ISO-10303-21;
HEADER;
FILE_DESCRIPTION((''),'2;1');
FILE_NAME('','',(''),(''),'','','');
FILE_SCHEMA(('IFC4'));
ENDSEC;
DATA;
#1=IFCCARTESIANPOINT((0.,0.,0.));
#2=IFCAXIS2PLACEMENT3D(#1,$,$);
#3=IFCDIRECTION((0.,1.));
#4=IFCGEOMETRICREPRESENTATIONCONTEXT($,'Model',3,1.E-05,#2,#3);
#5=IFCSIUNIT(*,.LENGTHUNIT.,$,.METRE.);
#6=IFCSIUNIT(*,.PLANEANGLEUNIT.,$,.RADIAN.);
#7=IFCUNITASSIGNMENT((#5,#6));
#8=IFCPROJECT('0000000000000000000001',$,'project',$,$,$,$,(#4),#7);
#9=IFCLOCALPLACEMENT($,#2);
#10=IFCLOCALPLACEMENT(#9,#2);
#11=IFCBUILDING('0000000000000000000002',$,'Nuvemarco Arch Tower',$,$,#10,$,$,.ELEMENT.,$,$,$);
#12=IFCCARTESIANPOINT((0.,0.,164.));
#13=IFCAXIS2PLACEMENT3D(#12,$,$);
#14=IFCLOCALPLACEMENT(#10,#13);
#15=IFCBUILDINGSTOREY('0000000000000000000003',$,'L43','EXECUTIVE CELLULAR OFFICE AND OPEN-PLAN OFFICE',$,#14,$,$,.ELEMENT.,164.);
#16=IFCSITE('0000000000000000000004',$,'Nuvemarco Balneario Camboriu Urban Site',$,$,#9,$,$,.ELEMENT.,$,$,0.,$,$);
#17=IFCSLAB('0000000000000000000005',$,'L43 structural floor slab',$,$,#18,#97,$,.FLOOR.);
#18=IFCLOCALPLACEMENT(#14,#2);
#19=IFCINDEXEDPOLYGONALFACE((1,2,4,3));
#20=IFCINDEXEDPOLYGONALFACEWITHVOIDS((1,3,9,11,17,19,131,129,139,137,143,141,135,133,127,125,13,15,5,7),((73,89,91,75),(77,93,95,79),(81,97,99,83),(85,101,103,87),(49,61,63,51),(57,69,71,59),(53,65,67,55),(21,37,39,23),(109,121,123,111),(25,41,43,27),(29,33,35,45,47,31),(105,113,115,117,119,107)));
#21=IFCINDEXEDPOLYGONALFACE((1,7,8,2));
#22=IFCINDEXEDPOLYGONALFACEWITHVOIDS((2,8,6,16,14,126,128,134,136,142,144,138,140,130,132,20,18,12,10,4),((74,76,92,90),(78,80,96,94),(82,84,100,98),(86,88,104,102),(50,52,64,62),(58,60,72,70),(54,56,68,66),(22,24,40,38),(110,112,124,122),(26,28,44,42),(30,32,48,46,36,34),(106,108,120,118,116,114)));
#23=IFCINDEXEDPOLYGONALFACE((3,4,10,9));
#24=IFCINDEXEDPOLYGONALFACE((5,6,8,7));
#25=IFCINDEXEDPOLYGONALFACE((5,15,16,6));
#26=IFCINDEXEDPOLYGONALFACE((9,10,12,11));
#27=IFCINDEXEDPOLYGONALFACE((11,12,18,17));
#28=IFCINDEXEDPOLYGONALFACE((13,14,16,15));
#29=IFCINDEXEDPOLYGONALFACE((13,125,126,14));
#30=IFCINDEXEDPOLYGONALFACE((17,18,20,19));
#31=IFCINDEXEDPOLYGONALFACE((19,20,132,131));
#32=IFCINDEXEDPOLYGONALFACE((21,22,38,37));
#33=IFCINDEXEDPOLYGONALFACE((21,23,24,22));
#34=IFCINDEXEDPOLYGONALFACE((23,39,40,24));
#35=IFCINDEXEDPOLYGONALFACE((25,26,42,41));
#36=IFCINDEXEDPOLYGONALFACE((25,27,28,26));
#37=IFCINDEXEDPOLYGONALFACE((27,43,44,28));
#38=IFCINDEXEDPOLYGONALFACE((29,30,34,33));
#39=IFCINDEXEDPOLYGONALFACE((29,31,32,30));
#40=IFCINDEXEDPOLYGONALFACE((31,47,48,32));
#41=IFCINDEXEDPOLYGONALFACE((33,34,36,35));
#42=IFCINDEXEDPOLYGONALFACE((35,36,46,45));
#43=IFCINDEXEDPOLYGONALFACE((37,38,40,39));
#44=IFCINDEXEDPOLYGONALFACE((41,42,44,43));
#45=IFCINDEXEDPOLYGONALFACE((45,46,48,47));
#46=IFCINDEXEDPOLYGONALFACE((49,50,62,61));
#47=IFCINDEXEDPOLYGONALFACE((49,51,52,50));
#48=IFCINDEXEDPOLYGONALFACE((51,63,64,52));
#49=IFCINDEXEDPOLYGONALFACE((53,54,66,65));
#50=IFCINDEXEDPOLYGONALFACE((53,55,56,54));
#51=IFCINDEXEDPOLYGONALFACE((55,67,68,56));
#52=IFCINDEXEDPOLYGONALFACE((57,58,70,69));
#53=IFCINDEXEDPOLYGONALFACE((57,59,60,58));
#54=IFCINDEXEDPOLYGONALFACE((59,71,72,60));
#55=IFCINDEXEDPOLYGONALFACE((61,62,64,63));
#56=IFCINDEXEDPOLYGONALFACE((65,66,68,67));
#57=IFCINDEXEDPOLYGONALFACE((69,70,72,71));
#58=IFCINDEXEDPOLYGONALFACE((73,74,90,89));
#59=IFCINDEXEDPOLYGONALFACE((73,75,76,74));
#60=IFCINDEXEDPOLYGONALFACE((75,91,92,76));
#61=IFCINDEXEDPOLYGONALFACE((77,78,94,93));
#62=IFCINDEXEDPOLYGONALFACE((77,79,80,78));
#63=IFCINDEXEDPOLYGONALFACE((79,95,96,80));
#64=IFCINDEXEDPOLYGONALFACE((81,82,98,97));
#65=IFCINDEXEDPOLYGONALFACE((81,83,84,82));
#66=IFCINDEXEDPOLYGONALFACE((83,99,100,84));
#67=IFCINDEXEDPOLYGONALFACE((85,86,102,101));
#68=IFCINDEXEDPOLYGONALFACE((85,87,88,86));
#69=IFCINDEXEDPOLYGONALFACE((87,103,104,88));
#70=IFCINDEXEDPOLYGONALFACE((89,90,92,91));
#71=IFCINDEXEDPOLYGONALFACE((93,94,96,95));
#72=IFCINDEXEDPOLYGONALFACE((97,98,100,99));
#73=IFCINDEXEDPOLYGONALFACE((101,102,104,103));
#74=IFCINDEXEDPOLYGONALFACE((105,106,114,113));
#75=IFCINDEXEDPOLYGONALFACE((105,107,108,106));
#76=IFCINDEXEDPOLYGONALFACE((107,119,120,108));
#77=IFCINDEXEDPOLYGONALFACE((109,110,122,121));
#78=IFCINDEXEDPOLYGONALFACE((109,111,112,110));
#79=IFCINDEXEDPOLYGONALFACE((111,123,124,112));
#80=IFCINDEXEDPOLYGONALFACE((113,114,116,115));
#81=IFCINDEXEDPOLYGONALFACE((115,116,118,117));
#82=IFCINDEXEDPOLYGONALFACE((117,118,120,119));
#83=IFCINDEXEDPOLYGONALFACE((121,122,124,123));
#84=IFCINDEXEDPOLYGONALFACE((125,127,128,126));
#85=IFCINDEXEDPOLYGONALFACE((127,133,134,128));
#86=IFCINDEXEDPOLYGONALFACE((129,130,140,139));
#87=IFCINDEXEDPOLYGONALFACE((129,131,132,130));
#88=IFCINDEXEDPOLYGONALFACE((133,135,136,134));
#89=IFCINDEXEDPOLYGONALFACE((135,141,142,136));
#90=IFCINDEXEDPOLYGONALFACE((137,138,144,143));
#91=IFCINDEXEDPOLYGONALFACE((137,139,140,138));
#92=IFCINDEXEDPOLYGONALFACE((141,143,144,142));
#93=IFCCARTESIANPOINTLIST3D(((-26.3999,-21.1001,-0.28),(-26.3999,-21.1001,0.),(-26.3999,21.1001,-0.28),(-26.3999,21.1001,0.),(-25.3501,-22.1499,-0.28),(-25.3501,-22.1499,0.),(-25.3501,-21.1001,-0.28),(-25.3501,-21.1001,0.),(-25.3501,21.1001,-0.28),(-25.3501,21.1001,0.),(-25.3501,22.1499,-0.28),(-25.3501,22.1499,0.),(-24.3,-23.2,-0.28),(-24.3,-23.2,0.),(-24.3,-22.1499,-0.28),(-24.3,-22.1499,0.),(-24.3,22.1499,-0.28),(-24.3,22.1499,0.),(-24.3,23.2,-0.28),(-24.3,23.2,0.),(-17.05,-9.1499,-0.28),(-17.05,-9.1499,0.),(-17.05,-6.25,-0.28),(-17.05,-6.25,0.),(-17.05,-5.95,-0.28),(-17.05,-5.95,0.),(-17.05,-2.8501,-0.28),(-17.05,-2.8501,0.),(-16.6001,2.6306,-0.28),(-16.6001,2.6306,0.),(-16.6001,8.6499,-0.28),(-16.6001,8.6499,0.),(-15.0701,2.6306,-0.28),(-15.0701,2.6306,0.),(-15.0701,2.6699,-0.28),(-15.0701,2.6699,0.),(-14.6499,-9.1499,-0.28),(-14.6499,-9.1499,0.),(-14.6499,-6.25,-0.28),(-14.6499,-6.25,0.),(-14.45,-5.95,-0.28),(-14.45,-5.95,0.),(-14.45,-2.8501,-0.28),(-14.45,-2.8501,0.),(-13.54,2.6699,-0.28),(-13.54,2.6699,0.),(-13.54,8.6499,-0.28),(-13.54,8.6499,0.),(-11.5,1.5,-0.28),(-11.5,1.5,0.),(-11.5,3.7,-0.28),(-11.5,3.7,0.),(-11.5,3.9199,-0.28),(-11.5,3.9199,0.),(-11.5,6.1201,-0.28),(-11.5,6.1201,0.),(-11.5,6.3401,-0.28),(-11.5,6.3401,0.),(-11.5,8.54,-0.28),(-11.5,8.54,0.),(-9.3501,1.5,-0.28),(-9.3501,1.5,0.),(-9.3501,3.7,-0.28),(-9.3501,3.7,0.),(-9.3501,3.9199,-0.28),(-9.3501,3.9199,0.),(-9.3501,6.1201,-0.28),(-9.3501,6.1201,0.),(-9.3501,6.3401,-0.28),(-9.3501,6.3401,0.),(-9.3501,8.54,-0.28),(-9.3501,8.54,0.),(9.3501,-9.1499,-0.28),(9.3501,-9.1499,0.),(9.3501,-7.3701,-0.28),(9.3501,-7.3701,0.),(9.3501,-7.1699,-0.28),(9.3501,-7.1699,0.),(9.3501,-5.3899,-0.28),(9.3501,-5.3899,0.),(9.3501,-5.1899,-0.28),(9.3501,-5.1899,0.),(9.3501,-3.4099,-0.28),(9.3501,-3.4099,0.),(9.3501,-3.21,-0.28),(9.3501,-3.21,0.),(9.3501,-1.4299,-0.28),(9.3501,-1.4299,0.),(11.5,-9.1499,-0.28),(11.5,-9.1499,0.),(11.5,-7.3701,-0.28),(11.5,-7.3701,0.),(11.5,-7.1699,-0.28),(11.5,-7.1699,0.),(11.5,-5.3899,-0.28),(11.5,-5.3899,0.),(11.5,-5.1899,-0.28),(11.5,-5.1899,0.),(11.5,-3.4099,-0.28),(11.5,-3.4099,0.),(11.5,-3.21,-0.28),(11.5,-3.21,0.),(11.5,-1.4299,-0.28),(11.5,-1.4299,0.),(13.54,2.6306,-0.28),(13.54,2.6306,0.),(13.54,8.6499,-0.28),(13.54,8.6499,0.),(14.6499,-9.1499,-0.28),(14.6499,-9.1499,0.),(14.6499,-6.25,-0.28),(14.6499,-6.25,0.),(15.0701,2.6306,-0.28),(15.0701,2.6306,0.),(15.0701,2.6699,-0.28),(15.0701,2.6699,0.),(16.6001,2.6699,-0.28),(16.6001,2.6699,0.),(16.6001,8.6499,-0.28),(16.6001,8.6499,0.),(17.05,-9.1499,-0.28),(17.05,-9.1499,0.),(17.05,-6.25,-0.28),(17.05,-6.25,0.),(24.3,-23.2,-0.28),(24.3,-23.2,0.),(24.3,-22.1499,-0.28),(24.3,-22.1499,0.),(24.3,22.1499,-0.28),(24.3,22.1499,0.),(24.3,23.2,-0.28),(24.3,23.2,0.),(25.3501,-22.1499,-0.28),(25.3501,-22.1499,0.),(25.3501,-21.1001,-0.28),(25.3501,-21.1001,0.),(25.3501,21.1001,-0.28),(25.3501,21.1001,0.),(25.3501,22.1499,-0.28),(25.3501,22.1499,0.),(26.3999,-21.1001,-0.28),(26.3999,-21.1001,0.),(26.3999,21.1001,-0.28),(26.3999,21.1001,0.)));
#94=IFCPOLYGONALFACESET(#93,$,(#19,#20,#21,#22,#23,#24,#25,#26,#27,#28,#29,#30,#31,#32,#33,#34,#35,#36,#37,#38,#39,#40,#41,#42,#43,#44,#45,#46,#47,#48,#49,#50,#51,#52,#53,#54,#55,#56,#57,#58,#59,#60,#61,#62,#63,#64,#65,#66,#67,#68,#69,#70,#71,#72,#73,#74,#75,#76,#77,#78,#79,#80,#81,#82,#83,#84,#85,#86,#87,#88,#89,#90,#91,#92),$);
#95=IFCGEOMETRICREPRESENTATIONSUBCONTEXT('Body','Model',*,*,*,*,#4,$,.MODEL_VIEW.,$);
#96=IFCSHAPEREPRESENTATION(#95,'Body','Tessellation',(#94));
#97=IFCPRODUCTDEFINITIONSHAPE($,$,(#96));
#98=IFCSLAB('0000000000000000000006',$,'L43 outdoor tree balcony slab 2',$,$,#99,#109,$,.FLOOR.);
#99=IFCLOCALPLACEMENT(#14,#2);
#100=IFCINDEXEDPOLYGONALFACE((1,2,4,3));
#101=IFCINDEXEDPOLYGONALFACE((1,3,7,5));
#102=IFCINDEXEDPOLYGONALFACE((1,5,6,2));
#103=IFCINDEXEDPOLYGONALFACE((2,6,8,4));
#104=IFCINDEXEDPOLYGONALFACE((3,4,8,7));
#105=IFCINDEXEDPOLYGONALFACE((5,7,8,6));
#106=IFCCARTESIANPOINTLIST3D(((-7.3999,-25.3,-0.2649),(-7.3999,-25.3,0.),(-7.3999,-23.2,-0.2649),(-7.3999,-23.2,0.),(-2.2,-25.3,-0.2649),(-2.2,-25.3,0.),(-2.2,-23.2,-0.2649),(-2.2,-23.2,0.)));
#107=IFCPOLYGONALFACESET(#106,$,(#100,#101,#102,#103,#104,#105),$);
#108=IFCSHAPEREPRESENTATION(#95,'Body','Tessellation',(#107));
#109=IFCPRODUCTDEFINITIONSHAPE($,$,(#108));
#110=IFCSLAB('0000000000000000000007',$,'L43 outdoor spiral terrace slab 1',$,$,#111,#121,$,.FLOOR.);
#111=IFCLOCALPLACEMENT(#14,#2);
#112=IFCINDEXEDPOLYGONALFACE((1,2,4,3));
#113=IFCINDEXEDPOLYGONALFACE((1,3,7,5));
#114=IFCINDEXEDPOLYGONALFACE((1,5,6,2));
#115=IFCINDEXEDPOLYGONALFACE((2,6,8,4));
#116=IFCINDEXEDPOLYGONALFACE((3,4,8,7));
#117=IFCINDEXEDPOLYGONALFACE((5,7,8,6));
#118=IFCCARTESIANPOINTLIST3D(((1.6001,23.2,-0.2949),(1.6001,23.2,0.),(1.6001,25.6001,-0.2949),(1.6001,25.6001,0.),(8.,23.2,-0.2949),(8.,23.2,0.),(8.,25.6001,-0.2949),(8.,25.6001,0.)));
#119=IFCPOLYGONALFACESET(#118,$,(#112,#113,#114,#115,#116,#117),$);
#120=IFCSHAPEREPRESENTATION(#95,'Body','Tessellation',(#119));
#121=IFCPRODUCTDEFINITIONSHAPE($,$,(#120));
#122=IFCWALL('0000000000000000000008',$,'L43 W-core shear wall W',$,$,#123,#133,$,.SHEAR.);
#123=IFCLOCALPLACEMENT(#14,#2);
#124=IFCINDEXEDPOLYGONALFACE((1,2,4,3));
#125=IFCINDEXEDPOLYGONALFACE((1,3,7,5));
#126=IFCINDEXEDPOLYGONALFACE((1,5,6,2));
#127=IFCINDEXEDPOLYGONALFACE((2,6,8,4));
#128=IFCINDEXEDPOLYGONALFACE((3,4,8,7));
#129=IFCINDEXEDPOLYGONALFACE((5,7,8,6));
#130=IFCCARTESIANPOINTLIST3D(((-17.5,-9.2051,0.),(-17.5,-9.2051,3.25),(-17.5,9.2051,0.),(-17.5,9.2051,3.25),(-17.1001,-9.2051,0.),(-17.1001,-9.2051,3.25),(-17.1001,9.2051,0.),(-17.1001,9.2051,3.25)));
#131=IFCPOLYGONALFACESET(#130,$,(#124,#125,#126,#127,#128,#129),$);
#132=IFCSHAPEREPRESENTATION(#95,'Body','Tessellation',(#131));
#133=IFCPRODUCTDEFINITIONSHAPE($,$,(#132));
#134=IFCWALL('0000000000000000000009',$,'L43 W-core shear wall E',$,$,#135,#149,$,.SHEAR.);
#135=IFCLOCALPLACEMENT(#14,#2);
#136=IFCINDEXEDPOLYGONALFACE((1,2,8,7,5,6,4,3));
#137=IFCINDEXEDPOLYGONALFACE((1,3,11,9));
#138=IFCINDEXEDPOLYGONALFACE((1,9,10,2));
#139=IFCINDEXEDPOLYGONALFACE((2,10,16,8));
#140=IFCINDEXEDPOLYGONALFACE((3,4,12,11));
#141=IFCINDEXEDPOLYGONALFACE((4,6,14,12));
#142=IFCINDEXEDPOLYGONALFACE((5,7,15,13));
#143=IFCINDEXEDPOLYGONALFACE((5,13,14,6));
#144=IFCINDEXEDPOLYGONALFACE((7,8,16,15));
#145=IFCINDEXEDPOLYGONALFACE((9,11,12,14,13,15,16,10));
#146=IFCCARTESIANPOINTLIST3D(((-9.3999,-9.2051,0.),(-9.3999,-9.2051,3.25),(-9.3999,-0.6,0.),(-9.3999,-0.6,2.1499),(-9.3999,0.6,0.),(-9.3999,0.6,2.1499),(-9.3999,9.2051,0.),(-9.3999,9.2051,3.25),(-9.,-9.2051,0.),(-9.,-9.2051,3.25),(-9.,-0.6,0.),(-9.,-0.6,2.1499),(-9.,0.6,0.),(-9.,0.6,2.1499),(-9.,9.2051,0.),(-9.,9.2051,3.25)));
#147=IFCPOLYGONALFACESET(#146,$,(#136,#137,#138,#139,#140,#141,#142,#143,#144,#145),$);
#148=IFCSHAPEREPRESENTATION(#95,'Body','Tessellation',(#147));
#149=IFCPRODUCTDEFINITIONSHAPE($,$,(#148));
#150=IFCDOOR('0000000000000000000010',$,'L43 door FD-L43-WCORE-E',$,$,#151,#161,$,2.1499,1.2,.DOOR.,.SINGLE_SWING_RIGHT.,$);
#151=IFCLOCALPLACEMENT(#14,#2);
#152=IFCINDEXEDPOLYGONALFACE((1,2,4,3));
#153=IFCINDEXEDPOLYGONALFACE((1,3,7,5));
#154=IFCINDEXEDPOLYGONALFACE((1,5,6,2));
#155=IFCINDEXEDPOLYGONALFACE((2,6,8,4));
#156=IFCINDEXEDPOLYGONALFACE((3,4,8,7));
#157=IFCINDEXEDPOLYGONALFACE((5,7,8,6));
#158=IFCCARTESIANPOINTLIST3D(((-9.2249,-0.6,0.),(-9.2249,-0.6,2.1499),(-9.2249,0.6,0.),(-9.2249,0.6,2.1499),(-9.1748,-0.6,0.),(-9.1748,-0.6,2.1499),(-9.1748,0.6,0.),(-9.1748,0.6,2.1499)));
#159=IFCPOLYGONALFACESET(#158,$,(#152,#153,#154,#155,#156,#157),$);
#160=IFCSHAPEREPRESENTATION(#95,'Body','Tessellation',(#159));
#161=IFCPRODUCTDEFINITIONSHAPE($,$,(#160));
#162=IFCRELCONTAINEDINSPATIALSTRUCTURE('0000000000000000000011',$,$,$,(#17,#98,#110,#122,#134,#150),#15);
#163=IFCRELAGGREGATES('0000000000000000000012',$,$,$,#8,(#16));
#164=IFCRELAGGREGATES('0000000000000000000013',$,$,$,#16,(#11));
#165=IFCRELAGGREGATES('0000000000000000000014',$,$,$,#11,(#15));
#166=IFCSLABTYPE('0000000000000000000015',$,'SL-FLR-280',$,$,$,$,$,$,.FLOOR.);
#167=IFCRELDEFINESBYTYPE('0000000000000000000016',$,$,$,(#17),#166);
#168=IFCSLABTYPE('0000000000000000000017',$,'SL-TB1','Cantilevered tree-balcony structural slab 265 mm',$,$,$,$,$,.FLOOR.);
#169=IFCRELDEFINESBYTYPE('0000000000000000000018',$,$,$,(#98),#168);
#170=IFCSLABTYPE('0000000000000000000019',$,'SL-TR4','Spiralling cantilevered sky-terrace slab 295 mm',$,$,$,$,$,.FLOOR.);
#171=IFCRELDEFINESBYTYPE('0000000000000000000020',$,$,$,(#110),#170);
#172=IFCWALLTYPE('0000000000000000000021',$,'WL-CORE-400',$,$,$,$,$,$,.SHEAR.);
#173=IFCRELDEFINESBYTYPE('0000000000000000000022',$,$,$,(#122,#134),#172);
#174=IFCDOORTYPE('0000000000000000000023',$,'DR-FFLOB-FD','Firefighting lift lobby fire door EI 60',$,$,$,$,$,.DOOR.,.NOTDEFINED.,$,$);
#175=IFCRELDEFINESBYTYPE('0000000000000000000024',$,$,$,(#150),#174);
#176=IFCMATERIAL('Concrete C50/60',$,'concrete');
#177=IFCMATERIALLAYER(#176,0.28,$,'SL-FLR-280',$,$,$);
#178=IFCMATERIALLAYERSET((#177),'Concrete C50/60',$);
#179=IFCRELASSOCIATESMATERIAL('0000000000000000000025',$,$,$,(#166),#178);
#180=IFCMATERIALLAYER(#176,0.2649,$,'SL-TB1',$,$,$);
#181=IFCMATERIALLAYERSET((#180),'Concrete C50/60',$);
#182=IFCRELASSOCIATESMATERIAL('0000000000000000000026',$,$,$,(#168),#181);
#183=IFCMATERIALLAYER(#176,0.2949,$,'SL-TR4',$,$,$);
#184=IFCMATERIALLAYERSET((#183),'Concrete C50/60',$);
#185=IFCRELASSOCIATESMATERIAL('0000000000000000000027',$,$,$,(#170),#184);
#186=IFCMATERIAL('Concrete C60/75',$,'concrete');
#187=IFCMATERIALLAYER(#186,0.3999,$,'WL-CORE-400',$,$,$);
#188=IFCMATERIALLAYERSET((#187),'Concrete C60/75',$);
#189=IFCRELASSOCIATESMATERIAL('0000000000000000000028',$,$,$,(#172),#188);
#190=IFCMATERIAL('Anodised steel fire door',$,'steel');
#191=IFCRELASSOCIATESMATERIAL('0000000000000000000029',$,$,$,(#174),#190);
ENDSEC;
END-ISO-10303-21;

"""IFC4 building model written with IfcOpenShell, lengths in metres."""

from ifc_helpers import new_model, si_unit, direction, frame, frame_2d, origin, place, context, subcontext, project, spatial, polyline, rectangle, outline, extrude, source, transform, mapped, material, layer, layer_set, type_object, type_shapes, element, fill, save


model = new_model("IFC4")

# Units and contexts
model_context = context("Model", 3, precision=1e-05, world=origin(), true_north=direction((0.0, 1.0)))
body_context = subcontext(model_context, "Body", "Model", "MODEL_VIEW")
ifc_project = project(units=[si_unit("LENGTHUNIT", "METRE"), si_unit("PLANEANGLEUNIT", "RADIAN")], contexts=[model_context])

# Site, building, storey
site_placement = place(None, origin())
site = spatial("IfcSite", under=ifc_project, at=site_placement, Name="Nuvemarco Balneario Camboriu Urban Site", CompositionType="ELEMENT", RefElevation=0.0)
building_placement = place(site_placement, origin())
building = spatial("IfcBuilding", under=site, at=building_placement, Name="Nuvemarco Arch Tower", CompositionType="ELEMENT")
storey_placement = place(building_placement, frame((0.0, 0.0, 164.0)))
storey = spatial("IfcBuildingStorey", under=building, at=storey_placement, Name="L43", Description="EXECUTIVE CELLULAR OFFICE AND OPEN-PLAN OFFICE", CompositionType="ELEMENT", Elevation=164.0)

# Shared definitions
ifc_material_1 = material(Name="Concrete C50/60", Category="concrete")

# Slabs
ifc_layer_1 = layer(ifc_material_1, 0.28, Name="SL-FLR-280")
ifc_layer_set_1 = layer_set([ifc_layer_1], Name="Concrete C50/60")
slab_type_1 = type_object("IfcSlabType", Name="SL-FLR-280", PredefinedType="FLOOR", material=ifc_layer_set_1)
slab_1_placement = place(storey_placement, frame((0.0, 0.0, -0.28)))
element("IfcSlab", 1, at=slab_1_placement, inside=storey, type_object=slab_type_1, Name="L43 structural floor slab", PredefinedType="FLOOR", context=body_context, shape_type="SweptSolid", body=[
    extrude(outline(polyline([(-24.3, -23.2), (24.3, -23.2), (24.3, -22.1499), (25.3501, -22.1499), (25.3501, -21.1001), (26.3999, -21.1001), (26.3999, 21.1001), (25.3501, 21.1001), (25.3501, 22.1499), (24.3, 22.1499), (24.3, 23.2), (-24.3, 23.2), (-24.3, 22.1499), (-25.3501, 22.1499), (-25.3501, 21.1001), (-26.3999, 21.1001), (-26.3999, -21.1001), (-25.3501, -21.1001), (-25.3501, -22.1499), (-24.3, -22.1499), (-24.3, -23.2)]), holes=[polyline([(-13.54, 2.6699), (-13.54, 8.6499), (-16.6001, 8.6499), (-16.6001, 2.6306), (-15.0701, 2.6306), (-15.0701, 2.6699), (-13.54, 2.6699)]), polyline([(16.6001, 2.6699), (16.6001, 8.6499), (13.54, 8.6499), (13.54, 2.6306), (15.0701, 2.6306), (15.0701, 2.6699), (16.6001, 2.6699)]), polyline([(-17.05, -9.1499), (-14.6499, -9.1499), (-14.6499, -6.25), (-17.05, -6.25), (-17.05, -9.1499)]), polyline([(-17.05, -5.95), (-14.45, -5.95), (-14.45, -2.8501), (-17.05, -2.8501), (-17.05, -5.95)]), polyline([(-11.5, 1.5), (-9.3501, 1.5), (-9.3501, 3.7), (-11.5, 3.7), (-11.5, 1.5)]), polyline([(-11.5, 3.9199), (-9.3501, 3.9199), (-9.3501, 6.1201), (-11.5, 6.1201), (-11.5, 3.9199)]), polyline([(-11.5, 6.3401), (-9.3501, 6.3401), (-9.3501, 8.54), (-11.5, 8.54), (-11.5, 6.3401)]), polyline([(14.6499, -9.1499), (17.05, -9.1499), (17.05, -6.25), (14.6499, -6.25), (14.6499, -9.1499)]), polyline([(9.3501, -9.1499), (11.5, -9.1499), (11.5, -7.3701), (9.3501, -7.3701), (9.3501, -9.1499)]), polyline([(9.3501, -7.1699), (11.5, -7.1699), (11.5, -5.3899), (9.3501, -5.3899), (9.3501, -7.1699)]), polyline([(9.3501, -5.1899), (11.5, -5.1899), (11.5, -3.4099), (9.3501, -3.4099), (9.3501, -5.1899)]), polyline([(9.3501, -3.21), (11.5, -3.21), (11.5, -1.4299), (9.3501, -1.4299), (9.3501, -3.21)])]), origin(), (0.0, 0.0, 1.0), 0.28),
])
ifc_layer_2 = layer(ifc_material_1, 0.2649, Name="SL-TB1")
ifc_layer_set_2 = layer_set([ifc_layer_2], Name="Concrete C50/60")
slab_type_2 = type_object("IfcSlabType", Name="SL-TB1", Description="Cantilevered tree-balcony structural slab 265 mm", PredefinedType="FLOOR", material=ifc_layer_set_2)
slab_2_placement = place(storey_placement, frame((0.0, 0.0, -0.2649)))
element("IfcSlab", 2, at=slab_2_placement, inside=storey, type_object=slab_type_2, Name="L43 outdoor tree balcony slab 2", PredefinedType="FLOOR", context=body_context, shape_type="SweptSolid", body=[
    extrude(outline(polyline([(-7.3999, -25.3), (-2.2, -25.3), (-2.2, -23.2), (-7.3999, -23.2), (-7.3999, -25.3)])), origin(), (0.0, 0.0, 1.0), 0.2649),
])
ifc_layer_3 = layer(ifc_material_1, 0.2949, Name="SL-TR4")
ifc_layer_set_3 = layer_set([ifc_layer_3], Name="Concrete C50/60")
slab_type_3 = type_object("IfcSlabType", Name="SL-TR4", Description="Spiralling cantilevered sky-terrace slab 295 mm", PredefinedType="FLOOR", material=ifc_layer_set_3)
slab_3_placement = place(storey_placement, frame((0.0, 0.0, -0.2949)))
element("IfcSlab", 3, at=slab_3_placement, inside=storey, type_object=slab_type_3, Name="L43 outdoor spiral terrace slab 1", PredefinedType="FLOOR", context=body_context, shape_type="SweptSolid", body=[
    extrude(outline(polyline([(1.6001, 23.2), (8.0, 23.2), (8.0, 25.6001), (1.6001, 25.6001), (1.6001, 23.2)])), origin(), (0.0, 0.0, 1.0), 0.2949),
])

# Wall
ifc_material_2 = material(Name="Concrete C60/75", Category="concrete")
ifc_layer_4 = layer(ifc_material_2, 0.3999, Name="WL-CORE-400")
ifc_layer_set_4 = layer_set([ifc_layer_4], Name="Concrete C60/75")
wall_type_1 = type_object("IfcWallType", Name="WL-CORE-400", PredefinedType="SHEAR", material=ifc_layer_set_4)
wall_1_placement = place(storey_placement, frame((-17.3, -9.2051, 0.0), z_axis=(0.0, 0.0, 1.0), x_axis=(0.0, 1.0, 0.0)))
element("IfcWall", 4, at=wall_1_placement, inside=storey, type_object=wall_type_1, Name="L43 W-core shear wall W", PredefinedType="SHEAR", context=body_context, shape_type="SweptSolid", body=[
    extrude(rectangle(XDim=18.4102, YDim=0.3999, at=frame_2d((9.2051, 0.0))), origin(), (0.0, 0.0, 1.0), 3.25),
])

# Wall, opening, door
wall_2_placement = place(storey_placement, frame((-9.2, -9.2051, 0.0), z_axis=(0.0, 0.0, 1.0), x_axis=(0.0, 1.0, 0.0)))
wall_2 = element("IfcWall", 5, at=wall_2_placement, inside=storey, type_object=wall_type_1, Name="L43 W-core shear wall E", PredefinedType="SHEAR", context=body_context, shape_type="SweptSolid", body=[
    extrude(rectangle(XDim=18.4102, YDim=0.3999, at=frame_2d((9.2051, 0.0))), origin(), (0.0, 0.0, 1.0), 3.25),
])
opening_1_placement = place(wall_2_placement, frame((8.605, 0.0, 0.0)))
opening_1 = element("IfcOpeningElement", 6, at=opening_1_placement, cuts=wall_2, PredefinedType="OPENING", context=body_context, shape_type="SweptSolid", body=[
    extrude(rectangle(XDim=1.2, YDim=2.1499, at=frame_2d((0.6001, 1.075))), frame((0.0, 0.21, 0.0), z_axis=(0.0, -1.0, 0.0), x_axis=(1.0, 0.0, 0.0)), (0.0, 0.0, 1.0), 0.4199),
])
ifc_material_3 = material(Name="Anodised steel fire door", Category="steel")
door_type_1 = type_object("IfcDoorType", Name="DR-FFLOB-FD", Description="Firefighting lift lobby fire door EI 60", OperationType="NOTDEFINED", PredefinedType="DOOR", material=ifc_material_3)
shared_shape_1 = source(origin(), body_context, "Body", "SweptSolid", [
    extrude(rectangle(XDim=1.2, YDim=2.1499, at=frame_2d((0.6001, 1.075))), frame((0.0, 0.0249, 0.0), z_axis=(0.0, -1.0, 0.0), x_axis=(1.0, 0.0, 0.0)), (0.0, 0.0, 1.0), 0.05),
])
type_shapes(door_type_1, [shared_shape_1])
door_1_placement = place(opening_1_placement, origin())
door_1 = element("IfcDoor", 7, at=door_1_placement, inside=storey, type_object=door_type_1, Name="L43 door FD-L43-WCORE-E", OperationType="SINGLE_SWING_RIGHT", OverallHeight=2.1499, OverallWidth=1.2, PredefinedType="DOOR", context=body_context, shape_type="MappedRepresentation", body=[
    mapped(shared_shape_1, transform((0.0, 0.0, 0.0), scale=1.0)),
])
fill(opening_1, door_1)

save(model, "model.ifc")
